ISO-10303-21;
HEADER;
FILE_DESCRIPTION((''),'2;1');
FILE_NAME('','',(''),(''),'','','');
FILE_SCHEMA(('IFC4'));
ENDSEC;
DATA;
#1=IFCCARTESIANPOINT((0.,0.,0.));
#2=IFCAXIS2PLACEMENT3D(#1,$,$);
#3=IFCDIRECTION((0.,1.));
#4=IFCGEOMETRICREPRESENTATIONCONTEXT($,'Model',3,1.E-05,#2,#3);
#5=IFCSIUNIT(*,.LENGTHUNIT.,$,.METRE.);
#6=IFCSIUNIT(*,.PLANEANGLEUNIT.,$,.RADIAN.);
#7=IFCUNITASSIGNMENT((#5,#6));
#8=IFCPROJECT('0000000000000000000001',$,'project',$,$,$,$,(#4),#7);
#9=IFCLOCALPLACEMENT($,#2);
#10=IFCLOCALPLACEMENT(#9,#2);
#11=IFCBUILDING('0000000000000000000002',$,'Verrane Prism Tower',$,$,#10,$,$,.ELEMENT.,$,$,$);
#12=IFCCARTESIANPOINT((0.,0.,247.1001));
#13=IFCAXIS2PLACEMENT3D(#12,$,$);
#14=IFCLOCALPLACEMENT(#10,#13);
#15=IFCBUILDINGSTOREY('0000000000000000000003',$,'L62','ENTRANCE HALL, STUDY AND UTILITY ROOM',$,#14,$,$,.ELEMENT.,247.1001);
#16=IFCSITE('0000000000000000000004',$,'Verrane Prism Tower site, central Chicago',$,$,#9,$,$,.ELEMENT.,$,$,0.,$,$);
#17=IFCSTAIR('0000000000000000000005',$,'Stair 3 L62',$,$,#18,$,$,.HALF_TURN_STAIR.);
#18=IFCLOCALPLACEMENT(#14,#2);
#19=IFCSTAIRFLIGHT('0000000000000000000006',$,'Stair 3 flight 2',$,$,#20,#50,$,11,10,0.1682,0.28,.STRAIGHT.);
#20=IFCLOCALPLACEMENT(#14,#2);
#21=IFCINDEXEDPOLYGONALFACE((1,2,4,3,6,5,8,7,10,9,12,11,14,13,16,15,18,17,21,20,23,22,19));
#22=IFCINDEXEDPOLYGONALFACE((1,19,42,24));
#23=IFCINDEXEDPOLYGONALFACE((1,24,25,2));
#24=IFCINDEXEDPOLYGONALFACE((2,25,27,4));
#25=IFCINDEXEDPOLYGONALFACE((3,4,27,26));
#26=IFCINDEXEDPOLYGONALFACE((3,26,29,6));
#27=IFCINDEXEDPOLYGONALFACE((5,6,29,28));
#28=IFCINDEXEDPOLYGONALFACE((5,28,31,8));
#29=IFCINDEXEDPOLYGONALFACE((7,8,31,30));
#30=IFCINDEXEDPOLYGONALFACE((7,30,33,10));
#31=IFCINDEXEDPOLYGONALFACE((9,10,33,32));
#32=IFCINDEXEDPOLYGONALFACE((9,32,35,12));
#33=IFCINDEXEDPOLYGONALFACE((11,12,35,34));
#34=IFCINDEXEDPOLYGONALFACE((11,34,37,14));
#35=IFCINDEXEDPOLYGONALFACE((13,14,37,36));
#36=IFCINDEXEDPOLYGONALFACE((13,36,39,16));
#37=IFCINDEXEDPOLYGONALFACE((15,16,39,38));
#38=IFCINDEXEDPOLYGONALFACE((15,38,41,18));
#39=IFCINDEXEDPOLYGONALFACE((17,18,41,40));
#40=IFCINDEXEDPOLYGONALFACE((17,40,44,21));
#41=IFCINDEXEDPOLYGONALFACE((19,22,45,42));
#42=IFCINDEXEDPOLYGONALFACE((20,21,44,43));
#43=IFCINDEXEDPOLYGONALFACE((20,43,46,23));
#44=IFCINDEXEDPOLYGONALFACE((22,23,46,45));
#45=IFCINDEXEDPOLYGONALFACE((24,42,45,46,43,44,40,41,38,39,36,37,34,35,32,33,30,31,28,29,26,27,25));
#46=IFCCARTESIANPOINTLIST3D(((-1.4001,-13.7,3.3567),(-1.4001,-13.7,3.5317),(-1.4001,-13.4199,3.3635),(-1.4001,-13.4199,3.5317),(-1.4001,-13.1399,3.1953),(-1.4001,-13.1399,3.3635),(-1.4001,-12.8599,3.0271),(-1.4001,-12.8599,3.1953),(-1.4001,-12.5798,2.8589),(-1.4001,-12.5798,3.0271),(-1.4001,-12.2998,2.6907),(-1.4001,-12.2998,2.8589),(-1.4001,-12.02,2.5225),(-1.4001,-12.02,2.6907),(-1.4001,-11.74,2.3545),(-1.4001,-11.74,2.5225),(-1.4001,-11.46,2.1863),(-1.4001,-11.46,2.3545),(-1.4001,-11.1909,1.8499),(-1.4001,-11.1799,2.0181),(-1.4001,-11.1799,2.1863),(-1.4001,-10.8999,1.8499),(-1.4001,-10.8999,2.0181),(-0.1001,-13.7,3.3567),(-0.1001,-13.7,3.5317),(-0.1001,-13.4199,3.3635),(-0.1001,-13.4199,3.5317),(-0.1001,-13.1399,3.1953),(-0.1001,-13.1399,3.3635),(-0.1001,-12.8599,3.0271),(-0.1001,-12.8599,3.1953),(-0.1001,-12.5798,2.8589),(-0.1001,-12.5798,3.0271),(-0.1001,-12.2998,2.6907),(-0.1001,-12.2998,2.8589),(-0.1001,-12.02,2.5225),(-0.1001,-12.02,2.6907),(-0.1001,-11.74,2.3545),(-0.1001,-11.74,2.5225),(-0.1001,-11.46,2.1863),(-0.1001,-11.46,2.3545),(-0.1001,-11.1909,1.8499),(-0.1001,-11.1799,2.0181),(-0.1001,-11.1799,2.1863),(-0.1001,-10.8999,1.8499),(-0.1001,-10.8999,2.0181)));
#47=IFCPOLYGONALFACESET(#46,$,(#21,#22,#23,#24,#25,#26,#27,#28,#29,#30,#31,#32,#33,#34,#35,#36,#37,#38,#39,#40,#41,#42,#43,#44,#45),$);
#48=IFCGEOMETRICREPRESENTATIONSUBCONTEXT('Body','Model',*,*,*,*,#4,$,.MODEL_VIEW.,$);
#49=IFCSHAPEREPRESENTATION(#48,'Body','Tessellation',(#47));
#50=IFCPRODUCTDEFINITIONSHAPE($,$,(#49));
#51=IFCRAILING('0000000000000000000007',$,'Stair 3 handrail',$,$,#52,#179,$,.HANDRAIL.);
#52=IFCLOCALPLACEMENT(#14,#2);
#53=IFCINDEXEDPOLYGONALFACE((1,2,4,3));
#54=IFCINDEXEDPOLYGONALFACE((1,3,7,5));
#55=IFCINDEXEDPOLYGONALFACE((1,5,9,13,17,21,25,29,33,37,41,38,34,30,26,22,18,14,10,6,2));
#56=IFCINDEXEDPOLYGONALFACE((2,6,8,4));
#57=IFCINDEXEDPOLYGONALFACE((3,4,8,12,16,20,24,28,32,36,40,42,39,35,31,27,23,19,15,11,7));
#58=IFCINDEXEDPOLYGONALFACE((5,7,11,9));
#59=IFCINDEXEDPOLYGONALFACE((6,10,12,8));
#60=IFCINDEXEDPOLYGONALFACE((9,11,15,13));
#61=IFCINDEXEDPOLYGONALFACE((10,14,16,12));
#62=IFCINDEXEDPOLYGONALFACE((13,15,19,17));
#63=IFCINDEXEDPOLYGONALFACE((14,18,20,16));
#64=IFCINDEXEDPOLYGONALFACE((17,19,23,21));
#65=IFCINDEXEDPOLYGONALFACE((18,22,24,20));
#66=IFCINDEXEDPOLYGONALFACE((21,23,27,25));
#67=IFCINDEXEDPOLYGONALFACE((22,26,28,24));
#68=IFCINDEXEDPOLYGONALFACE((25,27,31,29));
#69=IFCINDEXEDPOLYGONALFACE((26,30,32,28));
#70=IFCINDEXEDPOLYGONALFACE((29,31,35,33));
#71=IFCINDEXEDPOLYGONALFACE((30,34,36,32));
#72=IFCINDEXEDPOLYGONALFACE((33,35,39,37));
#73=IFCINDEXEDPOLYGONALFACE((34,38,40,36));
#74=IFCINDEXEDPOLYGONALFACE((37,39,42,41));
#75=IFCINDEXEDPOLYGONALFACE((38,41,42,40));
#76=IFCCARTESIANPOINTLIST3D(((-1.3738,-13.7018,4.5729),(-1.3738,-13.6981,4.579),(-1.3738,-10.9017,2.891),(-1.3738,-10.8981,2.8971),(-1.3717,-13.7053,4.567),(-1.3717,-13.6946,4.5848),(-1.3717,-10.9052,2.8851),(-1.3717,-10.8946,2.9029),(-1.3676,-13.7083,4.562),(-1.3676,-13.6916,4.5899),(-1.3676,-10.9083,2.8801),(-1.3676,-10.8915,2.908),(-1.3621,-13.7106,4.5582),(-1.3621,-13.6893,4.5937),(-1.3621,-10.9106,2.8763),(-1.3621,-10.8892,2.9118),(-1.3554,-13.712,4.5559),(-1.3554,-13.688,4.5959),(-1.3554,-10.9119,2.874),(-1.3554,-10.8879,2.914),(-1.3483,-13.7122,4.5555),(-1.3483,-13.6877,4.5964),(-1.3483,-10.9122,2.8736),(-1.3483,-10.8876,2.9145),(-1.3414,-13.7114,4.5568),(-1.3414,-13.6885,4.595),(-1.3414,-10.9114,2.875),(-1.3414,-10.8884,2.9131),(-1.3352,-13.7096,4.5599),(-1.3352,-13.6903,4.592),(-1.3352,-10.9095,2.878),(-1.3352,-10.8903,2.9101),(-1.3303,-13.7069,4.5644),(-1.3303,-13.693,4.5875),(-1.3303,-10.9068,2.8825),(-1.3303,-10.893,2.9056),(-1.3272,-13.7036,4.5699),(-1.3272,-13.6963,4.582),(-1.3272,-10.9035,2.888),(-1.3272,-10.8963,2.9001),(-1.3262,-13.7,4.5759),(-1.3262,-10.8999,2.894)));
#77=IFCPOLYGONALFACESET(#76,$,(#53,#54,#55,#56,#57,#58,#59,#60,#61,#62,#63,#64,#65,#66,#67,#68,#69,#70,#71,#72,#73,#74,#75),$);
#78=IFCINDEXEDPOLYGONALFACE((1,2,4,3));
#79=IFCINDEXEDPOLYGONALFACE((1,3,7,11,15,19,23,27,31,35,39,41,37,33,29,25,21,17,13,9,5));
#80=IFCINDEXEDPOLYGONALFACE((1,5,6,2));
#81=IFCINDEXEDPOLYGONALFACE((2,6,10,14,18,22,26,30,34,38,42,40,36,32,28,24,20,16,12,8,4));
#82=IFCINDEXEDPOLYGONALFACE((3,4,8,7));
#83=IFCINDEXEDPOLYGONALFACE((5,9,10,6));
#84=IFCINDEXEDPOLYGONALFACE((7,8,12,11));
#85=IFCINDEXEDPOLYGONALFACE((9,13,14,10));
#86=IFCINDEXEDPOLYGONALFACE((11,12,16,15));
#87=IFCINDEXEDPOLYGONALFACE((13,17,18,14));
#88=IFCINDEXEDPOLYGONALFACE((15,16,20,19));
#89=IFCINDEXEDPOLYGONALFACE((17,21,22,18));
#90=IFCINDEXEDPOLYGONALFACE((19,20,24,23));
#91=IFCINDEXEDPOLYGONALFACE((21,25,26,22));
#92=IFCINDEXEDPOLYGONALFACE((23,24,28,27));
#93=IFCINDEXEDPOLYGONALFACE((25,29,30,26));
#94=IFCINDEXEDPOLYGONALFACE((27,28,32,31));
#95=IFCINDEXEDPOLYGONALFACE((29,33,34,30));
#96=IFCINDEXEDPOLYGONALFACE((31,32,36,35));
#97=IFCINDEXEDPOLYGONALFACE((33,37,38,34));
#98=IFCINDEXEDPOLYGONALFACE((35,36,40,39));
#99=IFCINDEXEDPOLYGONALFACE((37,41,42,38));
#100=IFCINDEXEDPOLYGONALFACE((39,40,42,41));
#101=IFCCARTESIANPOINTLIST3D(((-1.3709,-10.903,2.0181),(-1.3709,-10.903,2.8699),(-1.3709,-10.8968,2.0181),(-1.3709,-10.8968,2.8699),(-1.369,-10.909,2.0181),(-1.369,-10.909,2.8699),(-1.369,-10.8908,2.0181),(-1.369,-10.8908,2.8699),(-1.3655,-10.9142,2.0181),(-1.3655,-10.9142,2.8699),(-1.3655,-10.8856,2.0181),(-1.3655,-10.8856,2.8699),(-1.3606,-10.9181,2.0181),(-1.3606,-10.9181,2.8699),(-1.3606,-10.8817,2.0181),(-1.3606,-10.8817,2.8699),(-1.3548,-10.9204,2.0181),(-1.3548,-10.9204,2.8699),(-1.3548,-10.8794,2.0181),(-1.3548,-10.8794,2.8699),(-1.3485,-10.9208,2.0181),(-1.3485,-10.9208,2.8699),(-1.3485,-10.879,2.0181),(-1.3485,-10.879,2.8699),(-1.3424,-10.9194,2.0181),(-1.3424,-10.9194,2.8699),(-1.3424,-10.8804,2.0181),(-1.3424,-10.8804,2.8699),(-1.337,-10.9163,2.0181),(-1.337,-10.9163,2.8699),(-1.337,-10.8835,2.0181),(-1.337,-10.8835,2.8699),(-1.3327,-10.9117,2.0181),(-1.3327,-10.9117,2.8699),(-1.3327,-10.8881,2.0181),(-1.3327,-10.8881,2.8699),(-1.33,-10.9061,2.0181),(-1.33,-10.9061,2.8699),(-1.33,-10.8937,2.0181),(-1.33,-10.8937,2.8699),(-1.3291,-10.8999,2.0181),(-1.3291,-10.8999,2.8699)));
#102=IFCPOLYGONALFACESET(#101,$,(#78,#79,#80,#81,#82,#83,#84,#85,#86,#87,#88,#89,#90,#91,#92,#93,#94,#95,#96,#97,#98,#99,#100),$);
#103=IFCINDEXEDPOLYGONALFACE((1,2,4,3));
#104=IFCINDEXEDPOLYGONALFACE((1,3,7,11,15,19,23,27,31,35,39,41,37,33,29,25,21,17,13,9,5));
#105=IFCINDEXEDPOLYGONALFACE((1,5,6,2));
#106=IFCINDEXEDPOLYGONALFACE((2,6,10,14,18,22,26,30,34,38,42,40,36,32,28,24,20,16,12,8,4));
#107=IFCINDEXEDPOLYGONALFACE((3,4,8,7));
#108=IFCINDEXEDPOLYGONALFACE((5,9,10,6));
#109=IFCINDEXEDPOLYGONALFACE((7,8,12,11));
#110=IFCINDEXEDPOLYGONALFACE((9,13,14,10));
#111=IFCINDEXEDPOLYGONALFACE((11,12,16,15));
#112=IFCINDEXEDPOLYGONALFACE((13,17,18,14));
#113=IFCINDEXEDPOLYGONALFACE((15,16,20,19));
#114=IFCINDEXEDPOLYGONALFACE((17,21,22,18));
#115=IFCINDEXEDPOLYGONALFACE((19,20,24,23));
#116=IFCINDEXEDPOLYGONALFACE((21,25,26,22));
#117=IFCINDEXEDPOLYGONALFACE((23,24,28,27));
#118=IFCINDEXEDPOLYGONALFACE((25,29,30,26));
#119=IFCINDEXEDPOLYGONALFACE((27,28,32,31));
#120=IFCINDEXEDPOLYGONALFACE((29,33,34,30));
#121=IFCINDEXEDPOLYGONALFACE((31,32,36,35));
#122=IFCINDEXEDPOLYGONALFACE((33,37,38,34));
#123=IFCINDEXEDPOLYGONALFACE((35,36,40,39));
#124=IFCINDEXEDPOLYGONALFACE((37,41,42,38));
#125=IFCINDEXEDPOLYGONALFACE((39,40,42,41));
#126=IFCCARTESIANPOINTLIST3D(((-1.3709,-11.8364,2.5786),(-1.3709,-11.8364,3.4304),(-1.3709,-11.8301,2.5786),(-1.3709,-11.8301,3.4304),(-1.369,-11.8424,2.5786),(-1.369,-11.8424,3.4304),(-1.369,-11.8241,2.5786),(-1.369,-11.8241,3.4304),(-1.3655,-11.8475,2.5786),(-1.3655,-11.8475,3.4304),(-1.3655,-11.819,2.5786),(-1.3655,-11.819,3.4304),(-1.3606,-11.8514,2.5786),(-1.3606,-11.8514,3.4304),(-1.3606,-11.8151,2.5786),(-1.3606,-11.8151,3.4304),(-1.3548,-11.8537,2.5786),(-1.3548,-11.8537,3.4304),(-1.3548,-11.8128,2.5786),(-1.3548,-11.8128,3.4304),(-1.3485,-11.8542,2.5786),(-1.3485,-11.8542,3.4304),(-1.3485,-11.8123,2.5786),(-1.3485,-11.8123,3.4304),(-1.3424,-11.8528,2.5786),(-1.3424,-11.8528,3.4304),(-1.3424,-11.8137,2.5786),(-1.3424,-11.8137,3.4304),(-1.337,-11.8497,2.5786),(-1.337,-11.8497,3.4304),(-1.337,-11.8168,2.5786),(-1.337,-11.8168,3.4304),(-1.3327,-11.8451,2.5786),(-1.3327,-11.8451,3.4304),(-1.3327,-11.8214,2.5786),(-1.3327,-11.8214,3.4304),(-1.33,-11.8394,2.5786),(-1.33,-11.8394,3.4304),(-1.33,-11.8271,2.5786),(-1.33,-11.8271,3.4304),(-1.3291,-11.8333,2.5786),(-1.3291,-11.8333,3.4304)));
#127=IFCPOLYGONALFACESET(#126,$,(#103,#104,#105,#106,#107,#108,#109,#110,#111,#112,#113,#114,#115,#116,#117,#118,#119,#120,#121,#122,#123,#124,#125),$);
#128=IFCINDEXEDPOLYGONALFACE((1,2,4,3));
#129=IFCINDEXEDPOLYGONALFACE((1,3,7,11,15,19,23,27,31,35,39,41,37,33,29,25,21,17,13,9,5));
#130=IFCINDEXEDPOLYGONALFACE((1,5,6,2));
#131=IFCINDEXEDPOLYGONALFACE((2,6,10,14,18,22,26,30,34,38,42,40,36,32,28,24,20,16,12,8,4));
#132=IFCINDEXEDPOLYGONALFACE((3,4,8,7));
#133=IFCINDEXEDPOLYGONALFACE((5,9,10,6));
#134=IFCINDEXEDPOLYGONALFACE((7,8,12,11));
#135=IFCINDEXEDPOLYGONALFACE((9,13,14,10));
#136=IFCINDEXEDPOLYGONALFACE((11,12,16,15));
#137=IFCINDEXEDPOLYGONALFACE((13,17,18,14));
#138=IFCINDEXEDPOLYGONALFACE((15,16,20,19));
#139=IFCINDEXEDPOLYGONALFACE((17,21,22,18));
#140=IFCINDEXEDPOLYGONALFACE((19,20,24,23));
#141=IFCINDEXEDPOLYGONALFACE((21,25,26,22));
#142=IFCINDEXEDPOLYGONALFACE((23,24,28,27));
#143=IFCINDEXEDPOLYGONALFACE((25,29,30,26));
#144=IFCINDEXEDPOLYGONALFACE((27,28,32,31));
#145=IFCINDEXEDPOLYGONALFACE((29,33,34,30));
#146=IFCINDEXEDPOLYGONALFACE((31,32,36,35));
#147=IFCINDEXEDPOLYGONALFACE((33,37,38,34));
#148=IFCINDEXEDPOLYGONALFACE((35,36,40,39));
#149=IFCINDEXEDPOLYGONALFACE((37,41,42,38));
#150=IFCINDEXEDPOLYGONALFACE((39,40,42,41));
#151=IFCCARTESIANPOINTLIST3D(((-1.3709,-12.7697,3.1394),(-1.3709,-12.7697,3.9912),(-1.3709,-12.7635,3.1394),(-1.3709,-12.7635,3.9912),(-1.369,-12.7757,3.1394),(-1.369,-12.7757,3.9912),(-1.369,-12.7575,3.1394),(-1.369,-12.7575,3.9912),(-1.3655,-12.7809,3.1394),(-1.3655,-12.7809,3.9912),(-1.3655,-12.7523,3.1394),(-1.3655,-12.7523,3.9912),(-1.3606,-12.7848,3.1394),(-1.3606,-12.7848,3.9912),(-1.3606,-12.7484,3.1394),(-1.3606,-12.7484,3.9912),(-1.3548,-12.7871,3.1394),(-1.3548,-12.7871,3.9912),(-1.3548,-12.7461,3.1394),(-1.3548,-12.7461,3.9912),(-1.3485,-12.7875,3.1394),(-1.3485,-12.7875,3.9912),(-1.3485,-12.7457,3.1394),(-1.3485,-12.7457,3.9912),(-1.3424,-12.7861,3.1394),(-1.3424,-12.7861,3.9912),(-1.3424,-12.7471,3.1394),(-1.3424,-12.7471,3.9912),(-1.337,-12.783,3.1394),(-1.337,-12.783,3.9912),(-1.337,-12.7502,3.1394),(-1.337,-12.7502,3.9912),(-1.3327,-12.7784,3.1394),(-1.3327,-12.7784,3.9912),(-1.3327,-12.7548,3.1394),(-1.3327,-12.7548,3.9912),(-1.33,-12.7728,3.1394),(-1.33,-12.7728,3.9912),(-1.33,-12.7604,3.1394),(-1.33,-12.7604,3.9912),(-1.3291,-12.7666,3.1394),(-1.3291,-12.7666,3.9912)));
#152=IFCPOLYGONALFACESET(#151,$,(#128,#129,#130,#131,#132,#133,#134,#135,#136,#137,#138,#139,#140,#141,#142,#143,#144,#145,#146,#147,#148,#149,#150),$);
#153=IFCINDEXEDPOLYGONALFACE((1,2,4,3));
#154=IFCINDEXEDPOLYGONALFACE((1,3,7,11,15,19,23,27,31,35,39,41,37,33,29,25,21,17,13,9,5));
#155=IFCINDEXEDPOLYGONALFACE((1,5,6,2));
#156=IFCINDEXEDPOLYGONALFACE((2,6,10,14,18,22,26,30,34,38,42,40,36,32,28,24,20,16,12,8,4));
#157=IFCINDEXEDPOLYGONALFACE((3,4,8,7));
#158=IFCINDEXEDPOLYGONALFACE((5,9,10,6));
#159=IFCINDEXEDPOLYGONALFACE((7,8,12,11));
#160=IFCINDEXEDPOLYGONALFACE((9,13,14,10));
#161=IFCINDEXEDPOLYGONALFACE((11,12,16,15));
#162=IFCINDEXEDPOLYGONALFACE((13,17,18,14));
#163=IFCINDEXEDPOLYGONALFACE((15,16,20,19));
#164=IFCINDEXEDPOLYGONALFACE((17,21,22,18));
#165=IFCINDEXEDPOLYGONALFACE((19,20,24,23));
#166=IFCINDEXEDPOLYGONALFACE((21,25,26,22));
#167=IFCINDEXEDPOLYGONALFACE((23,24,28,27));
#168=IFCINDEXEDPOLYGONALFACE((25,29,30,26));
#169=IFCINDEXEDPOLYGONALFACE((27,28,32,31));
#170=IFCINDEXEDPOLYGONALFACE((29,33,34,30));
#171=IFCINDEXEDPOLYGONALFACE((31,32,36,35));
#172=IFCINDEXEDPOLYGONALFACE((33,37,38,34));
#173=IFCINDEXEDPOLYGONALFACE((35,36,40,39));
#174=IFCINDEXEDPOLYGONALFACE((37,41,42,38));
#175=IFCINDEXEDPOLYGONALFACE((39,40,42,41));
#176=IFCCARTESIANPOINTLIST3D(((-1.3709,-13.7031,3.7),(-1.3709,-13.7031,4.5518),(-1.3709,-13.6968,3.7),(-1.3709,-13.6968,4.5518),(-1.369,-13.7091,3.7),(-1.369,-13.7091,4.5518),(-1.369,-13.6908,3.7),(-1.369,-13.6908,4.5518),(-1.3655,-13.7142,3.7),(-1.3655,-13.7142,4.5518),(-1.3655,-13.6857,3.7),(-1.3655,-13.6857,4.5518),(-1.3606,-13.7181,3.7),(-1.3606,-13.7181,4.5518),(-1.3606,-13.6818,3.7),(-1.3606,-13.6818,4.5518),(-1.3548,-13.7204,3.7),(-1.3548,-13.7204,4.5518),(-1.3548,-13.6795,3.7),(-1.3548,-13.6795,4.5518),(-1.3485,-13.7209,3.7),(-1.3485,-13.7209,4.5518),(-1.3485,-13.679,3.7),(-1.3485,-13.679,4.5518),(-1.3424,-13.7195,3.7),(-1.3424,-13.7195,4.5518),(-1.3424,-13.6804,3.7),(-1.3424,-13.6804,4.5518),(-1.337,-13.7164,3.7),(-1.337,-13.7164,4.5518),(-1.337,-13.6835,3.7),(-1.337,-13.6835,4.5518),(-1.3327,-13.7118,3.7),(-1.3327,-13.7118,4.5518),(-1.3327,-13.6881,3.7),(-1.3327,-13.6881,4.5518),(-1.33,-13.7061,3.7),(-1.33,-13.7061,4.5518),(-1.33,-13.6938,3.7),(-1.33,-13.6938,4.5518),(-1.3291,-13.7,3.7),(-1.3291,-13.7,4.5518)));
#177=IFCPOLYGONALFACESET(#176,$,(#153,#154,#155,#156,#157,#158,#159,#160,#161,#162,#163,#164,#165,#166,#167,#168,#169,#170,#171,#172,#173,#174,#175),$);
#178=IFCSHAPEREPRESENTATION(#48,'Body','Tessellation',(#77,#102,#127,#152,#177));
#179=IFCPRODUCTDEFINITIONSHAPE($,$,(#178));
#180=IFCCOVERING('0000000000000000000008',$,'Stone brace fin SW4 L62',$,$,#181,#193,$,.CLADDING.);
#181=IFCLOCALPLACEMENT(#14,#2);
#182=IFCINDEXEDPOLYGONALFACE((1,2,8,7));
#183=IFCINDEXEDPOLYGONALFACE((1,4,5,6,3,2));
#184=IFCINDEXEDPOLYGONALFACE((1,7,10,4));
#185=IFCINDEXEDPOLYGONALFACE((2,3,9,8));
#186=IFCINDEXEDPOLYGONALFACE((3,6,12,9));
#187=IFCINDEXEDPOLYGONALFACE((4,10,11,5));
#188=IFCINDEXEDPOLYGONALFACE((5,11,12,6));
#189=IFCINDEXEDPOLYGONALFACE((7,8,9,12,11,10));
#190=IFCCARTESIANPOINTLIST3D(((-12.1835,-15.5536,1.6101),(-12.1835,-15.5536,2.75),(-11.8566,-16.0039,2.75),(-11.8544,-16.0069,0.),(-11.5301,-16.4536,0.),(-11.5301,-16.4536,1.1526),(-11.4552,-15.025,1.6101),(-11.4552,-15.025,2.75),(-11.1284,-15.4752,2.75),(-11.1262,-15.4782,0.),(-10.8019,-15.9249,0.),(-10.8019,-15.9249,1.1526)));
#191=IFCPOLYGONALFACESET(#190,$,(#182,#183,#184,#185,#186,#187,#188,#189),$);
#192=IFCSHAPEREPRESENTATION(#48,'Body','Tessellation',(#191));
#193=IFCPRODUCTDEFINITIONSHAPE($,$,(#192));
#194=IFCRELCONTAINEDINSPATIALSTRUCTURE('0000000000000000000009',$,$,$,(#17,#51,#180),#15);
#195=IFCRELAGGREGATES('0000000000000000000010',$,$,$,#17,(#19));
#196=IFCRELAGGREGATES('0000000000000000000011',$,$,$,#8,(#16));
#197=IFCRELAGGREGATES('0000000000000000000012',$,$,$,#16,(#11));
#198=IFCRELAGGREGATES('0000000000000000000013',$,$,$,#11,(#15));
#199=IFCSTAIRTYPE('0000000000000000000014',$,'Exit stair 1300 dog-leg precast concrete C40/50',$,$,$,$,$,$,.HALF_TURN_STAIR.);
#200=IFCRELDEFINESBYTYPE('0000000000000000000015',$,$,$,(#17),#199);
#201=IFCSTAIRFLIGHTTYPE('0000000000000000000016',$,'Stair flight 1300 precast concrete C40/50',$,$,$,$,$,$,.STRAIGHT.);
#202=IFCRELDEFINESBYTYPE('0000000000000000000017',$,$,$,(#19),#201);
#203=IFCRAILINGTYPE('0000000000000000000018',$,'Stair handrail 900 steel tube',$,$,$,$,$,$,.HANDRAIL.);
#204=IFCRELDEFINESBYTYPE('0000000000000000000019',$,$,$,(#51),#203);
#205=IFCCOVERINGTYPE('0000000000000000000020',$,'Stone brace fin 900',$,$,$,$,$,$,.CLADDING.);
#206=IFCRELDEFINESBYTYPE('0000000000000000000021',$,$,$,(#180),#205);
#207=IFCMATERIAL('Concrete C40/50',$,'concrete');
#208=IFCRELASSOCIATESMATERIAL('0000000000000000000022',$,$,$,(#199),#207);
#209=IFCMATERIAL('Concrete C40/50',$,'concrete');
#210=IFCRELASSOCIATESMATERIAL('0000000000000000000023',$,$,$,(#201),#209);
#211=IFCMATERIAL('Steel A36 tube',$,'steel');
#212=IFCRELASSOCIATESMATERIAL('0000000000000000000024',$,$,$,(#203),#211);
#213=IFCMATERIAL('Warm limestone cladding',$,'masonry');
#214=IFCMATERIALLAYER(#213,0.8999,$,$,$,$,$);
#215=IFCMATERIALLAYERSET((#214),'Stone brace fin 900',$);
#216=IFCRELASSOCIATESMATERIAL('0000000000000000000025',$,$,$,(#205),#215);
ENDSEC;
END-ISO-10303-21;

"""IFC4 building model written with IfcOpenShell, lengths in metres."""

from ifc_helpers import new_model, si_unit, direction, frame, origin, origin_2d, place, context, subcontext, project, spatial, polyline, circle, outline, extrude, material, layer, layer_set, type_object, element, aggregate, save


model = new_model("IFC4")

# Units and contexts
model_context = context("Model", 3, precision=1e-05, world=origin(), true_north=direction((0.0, 1.0)))
body_context = subcontext(model_context, "Body", "Model", "MODEL_VIEW")
ifc_project = project(units=[si_unit("LENGTHUNIT", "METRE"), si_unit("PLANEANGLEUNIT", "RADIAN")], contexts=[model_context])

# Site, building, storey
site_placement = place(None, origin())
site = spatial("IfcSite", under=ifc_project, at=site_placement, Name="Verrane Prism Tower site, central Chicago", CompositionType="ELEMENT", RefElevation=0.0)
building_placement = place(site_placement, origin())
building = spatial("IfcBuilding", under=site, at=building_placement, Name="Verrane Prism Tower", CompositionType="ELEMENT")
storey_placement = place(building_placement, frame((0.0, 0.0, 247.1001)))
storey = spatial("IfcBuildingStorey", under=building, at=storey_placement, Name="L62", Description="ENTRANCE HALL, STUDY AND UTILITY ROOM", CompositionType="ELEMENT", Elevation=247.1001)

# Stair, stair flight
ifc_material_1 = material(Name="Concrete C40/50", Category="concrete")
stair_type = type_object("IfcStairType", Name="Exit stair 1300 dog-leg precast concrete C40/50", PredefinedType="HALF_TURN_STAIR", material=ifc_material_1)
stair_placement = place(storey_placement, origin())
stair = element("IfcStair", 1, at=stair_placement, inside=storey, type_object=stair_type, Name="Stair 3 L62", PredefinedType="HALF_TURN_STAIR")
ifc_material_2 = material(Name="Concrete C40/50", Category="concrete")
stair_flight_type = type_object("IfcStairFlightType", Name="Stair flight 1300 precast concrete C40/50", PredefinedType="STRAIGHT", material=ifc_material_2)
stair_flight_placement = place(storey_placement, frame((-0.75, -10.8999, 1.8499), z_axis=(0.0, 0.0, 1.0), x_axis=(0.0, -1.0, 0.0)))
stair_flight = element("IfcStairFlight", 2, at=stair_flight_placement, type_object=stair_flight_type, Name="Stair 3 flight 2", NumberOfRisers=11, NumberOfTreads=10, PredefinedType="STRAIGHT", RiserHeight=0.1682, TreadLength=0.28, context=body_context, shape_type="SweptSolid", body=[
    extrude(outline(polyline([(0.0, 0.0), (0.0, 0.1682), (0.28, 0.1682), (0.28, 0.3364), (0.5601, 0.3364), (0.5601, 0.5046), (0.8401, 0.5046), (0.8401, 0.6726), (1.1201, 0.6726), (1.1201, 0.8408), (1.3999, 0.8408), (1.3999, 1.009), (1.6799, 1.009), (1.6799, 1.1772), (1.96, 1.1772), (1.96, 1.3455), (2.24, 1.3455), (2.24, 1.5137), (2.52, 1.5137), (2.52, 1.6819), (2.8, 1.6819), (2.8, 1.8501), (2.8, 1.5068), (0.291, 0.0), (0.0, 0.0)])), frame((0.0, 0.6499, 0.0), z_axis=(0.0, -1.0, 0.0), x_axis=(1.0, 0.0, 0.0)), (0.0, 0.0, 1.0), 1.3),
])
aggregate(stair, [stair_flight])

# Railing
ifc_material_3 = material(Name="Steel A36 tube", Category="steel")
railing_type = type_object("IfcRailingType", Name="Stair handrail 900 steel tube", PredefinedType="HANDRAIL", material=ifc_material_3)
railing_placement = place(storey_placement, frame((-1.3501, -10.8999, 2.0181)))
element("IfcRailing", 3, at=railing_placement, inside=storey, type_object=railing_type, Name="Stair 3 handrail", PredefinedType="HANDRAIL", context=body_context, shape_type="SweptSolid", body=[
    extrude(circle(Radius=0.0239, at=origin_2d()), frame((0.0, 0.0, 0.876), z_axis=(0.0, -0.857242, 0.514913), x_axis=(1.0, 0.0, 0.0)), (0.0, 0.0, 1.0), 3.2664),
    extrude(circle(Radius=0.021, at=origin_2d()), origin(), (0.0, 0.0, 1.0), 0.8518),
    extrude(circle(Radius=0.021, at=origin_2d()), frame((0.0, -0.9333, 0.5605)), (0.0, 0.0, 1.0), 0.8518),
    extrude(circle(Radius=0.021, at=origin_2d()), frame((0.0, -1.8667, 1.1213)), (0.0, 0.0, 1.0), 0.8518),
    extrude(circle(Radius=0.021, at=origin_2d()), frame((0.0, -2.8, 1.6819)), (0.0, 0.0, 1.0), 0.8518),
])

# Covering
ifc_material_4 = material(Name="Warm limestone cladding", Category="masonry")
ifc_layer_1 = layer(ifc_material_4, 0.8999)
ifc_layer_set_1 = layer_set([ifc_layer_1], Name="Stone brace fin 900")
covering_type = type_object("IfcCoveringType", Name="Stone brace fin 900", PredefinedType="CLADDING", material=ifc_layer_set_1)
covering_placement = place(storey_placement, frame((-11.166, -16.1892, 0.0), z_axis=(0.0, 0.0, 1.0), x_axis=(-0.587493, 0.809229, 0.0)))
element("IfcCovering", 4, at=covering_placement, inside=storey, type_object=covering_type, Name="Stone brace fin SW4 L62", PredefinedType="CLADDING", context=body_context, shape_type="SweptSolid", body=[
    extrude(outline(polyline([(1.1121, 2.75), (0.5557, 2.75), (0.0, 1.1526), (0.0, 0.0), (0.552, 0.0), (1.1121, 1.6101), (1.1121, 2.75)])), frame((0.0, 0.45, 0.0), z_axis=(0.0, -1.0, 0.0), x_axis=(1.0, 0.0, 0.0)), (0.0, 0.0, 1.0), 0.8999),
])

save(model, "model.ifc")
